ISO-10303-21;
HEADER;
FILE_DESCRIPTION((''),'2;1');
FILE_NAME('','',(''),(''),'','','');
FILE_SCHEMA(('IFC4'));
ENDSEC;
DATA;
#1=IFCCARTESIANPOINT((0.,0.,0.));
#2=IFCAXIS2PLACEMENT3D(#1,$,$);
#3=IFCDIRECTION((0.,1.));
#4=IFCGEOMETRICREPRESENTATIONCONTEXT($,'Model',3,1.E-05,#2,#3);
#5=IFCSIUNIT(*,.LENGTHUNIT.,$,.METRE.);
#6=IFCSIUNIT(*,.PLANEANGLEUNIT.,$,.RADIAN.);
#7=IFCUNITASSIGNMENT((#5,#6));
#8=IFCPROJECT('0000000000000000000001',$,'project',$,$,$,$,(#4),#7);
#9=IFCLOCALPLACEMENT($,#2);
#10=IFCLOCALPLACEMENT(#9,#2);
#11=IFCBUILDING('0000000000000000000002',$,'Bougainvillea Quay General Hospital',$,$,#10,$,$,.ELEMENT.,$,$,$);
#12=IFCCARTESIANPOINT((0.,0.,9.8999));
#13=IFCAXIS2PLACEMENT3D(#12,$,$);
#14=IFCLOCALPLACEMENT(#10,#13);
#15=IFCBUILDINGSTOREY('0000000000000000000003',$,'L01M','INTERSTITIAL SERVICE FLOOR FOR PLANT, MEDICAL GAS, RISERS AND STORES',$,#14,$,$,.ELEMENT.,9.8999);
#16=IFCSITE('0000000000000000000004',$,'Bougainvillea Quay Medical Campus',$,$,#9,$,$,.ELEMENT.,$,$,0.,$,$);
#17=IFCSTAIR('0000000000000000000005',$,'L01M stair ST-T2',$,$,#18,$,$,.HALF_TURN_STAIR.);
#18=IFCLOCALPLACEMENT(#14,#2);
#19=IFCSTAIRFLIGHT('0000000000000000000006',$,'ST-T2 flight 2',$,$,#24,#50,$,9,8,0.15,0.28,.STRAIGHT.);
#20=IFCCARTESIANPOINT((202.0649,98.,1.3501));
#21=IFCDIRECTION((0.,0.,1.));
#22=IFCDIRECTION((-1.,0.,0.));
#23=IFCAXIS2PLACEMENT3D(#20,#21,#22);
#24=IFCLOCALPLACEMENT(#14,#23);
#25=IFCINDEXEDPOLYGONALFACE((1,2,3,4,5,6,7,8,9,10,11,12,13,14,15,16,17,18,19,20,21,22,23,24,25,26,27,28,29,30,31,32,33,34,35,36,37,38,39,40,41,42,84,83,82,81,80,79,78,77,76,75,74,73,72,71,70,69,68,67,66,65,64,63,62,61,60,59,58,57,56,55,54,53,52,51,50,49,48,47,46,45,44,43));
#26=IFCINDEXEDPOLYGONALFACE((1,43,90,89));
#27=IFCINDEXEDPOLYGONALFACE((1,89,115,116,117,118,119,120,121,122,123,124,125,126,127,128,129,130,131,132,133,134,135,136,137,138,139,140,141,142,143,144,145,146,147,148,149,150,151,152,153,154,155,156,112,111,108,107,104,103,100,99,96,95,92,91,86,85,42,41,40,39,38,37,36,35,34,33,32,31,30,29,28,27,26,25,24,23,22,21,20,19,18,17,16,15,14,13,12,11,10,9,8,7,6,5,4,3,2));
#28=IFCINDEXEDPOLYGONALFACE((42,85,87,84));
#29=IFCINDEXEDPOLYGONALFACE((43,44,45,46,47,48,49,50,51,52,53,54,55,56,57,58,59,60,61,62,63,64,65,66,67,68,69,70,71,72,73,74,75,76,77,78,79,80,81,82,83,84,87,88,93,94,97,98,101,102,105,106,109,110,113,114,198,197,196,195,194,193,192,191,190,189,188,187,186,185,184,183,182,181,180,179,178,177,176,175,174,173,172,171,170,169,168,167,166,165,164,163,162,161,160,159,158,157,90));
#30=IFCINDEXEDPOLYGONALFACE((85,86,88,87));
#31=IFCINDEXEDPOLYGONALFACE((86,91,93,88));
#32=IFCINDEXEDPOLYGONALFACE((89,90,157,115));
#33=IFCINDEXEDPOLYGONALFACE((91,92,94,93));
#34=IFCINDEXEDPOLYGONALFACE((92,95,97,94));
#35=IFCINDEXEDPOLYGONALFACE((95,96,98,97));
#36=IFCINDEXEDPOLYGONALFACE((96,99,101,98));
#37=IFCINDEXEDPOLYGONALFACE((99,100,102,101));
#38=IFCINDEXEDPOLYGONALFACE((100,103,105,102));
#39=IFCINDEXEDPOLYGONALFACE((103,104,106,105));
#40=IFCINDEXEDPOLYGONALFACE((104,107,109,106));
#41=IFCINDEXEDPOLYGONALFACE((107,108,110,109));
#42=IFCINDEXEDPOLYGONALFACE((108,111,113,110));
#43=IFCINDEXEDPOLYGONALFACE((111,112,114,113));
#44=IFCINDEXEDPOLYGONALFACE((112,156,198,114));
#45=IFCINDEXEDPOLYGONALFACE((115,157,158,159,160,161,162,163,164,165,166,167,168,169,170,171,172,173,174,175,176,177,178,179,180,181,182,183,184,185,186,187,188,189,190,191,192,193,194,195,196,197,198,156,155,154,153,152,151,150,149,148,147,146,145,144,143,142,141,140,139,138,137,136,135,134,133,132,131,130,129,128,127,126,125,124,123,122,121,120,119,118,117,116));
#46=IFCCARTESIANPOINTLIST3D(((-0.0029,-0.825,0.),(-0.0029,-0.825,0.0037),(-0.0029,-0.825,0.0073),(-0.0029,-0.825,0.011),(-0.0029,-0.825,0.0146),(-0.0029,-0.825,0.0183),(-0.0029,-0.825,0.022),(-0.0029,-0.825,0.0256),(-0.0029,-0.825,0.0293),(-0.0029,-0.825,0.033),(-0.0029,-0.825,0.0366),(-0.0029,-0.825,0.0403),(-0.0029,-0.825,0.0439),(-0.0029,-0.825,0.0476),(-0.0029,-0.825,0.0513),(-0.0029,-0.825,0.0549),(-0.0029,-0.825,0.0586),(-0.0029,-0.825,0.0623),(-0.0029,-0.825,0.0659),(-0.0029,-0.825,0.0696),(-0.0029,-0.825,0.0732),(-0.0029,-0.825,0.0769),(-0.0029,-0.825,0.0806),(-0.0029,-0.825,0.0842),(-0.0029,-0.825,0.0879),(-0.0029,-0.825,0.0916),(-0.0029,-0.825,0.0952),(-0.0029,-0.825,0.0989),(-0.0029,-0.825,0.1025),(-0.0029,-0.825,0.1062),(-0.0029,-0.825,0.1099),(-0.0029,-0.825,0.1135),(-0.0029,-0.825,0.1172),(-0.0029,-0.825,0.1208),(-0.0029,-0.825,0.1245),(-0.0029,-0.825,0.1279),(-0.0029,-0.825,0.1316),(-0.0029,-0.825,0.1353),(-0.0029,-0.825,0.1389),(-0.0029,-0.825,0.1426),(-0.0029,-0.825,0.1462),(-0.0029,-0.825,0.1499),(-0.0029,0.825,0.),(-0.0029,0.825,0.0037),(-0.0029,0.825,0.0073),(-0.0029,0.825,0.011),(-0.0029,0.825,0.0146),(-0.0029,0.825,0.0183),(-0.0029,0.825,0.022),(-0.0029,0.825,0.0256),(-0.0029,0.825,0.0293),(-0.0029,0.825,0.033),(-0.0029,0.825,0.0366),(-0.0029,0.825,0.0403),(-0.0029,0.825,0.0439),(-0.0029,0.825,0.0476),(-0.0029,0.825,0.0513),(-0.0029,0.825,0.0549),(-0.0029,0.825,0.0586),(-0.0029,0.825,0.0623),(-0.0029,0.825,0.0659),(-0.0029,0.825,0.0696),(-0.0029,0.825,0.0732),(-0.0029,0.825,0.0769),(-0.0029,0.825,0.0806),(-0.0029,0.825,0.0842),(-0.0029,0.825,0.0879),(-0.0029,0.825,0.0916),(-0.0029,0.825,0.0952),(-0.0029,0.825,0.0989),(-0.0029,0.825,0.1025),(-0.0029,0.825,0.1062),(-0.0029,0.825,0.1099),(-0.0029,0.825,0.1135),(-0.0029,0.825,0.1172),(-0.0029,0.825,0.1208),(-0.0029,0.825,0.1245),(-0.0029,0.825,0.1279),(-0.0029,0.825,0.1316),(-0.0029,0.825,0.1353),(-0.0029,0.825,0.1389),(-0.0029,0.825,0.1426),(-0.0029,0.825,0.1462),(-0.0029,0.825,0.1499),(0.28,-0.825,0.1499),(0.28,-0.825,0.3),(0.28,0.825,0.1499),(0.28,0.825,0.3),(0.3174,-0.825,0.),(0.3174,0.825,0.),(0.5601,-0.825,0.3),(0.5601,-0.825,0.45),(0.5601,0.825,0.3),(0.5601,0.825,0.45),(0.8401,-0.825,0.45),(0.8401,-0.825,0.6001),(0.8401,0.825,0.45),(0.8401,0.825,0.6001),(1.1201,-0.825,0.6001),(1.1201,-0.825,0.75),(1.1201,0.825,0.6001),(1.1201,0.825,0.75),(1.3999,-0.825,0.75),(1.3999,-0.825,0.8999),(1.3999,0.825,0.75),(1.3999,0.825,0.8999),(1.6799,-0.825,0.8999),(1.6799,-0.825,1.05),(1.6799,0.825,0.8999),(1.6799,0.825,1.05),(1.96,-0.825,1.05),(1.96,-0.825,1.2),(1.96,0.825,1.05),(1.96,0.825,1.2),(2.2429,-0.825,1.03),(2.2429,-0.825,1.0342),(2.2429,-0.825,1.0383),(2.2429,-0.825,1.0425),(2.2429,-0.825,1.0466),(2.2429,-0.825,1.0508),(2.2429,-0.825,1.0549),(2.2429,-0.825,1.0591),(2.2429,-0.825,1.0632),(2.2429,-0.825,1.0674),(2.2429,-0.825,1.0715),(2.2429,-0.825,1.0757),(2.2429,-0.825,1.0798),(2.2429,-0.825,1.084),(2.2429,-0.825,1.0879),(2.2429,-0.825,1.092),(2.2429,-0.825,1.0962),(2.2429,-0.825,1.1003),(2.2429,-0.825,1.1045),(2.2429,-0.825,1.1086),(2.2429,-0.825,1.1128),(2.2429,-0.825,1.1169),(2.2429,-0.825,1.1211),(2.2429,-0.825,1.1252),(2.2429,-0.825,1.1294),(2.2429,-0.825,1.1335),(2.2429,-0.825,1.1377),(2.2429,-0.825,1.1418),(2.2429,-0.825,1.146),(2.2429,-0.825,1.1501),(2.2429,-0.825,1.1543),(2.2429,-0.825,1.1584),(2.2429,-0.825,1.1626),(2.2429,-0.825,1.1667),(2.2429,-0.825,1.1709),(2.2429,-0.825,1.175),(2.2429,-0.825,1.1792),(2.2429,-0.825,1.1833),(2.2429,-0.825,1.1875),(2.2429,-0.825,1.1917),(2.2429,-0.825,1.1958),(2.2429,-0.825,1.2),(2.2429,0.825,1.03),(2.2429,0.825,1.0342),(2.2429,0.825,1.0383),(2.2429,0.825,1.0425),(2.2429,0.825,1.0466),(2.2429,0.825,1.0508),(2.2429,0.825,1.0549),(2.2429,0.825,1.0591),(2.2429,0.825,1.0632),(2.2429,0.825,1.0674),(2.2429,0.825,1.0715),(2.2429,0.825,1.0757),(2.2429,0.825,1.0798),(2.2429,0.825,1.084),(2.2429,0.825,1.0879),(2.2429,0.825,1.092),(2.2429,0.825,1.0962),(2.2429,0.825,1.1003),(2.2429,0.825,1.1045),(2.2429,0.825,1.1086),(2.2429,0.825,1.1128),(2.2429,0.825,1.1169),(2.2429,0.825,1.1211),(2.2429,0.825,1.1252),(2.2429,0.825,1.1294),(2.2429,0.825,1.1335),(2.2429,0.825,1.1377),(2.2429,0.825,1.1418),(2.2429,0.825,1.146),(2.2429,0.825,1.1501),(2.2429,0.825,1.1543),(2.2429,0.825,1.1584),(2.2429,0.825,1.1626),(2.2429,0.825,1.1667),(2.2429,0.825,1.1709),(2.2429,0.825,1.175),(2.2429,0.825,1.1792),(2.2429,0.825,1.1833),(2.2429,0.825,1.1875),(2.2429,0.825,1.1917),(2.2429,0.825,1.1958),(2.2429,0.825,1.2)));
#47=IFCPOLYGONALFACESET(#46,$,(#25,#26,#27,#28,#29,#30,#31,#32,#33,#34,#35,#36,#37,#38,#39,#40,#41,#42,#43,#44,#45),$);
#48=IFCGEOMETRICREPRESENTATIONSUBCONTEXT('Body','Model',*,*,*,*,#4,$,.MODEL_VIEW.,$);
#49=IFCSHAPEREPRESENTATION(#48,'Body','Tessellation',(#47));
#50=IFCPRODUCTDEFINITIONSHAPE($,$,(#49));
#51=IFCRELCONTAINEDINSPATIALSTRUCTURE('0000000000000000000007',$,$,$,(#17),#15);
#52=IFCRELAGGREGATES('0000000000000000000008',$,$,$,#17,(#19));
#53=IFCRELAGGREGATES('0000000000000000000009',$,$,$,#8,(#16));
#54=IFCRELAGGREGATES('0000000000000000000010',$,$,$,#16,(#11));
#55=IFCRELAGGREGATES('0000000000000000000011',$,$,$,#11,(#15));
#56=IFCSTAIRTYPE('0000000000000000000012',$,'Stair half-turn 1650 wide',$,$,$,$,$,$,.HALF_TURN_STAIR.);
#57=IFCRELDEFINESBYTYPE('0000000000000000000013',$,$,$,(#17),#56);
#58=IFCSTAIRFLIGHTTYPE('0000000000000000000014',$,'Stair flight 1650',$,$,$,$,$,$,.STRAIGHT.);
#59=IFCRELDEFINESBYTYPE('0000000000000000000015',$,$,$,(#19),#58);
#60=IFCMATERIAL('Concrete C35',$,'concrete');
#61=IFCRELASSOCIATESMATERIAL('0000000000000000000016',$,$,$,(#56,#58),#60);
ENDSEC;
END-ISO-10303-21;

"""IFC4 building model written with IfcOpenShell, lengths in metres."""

from ifc_helpers import new_model, si_unit, direction, frame, origin, place, context, subcontext, project, spatial, polyline, outline, extrude, material, type_object, element, aggregate, save


model = new_model("IFC4")

# Units and contexts
model_context = context("Model", 3, precision=1e-05, world=origin(), true_north=direction((0.0, 1.0)))
body_context = subcontext(model_context, "Body", "Model", "MODEL_VIEW")
ifc_project = project(units=[si_unit("LENGTHUNIT", "METRE"), si_unit("PLANEANGLEUNIT", "RADIAN")], contexts=[model_context])

# Site, building, storey
site_placement = place(None, origin())
site = spatial("IfcSite", under=ifc_project, at=site_placement, Name="Bougainvillea Quay Medical Campus", CompositionType="ELEMENT", RefElevation=0.0)
building_placement = place(site_placement, origin())
building = spatial("IfcBuilding", under=site, at=building_placement, Name="Bougainvillea Quay General Hospital", CompositionType="ELEMENT")
storey_placement = place(building_placement, frame((0.0, 0.0, 9.8999)))
storey = spatial("IfcBuildingStorey", under=building, at=storey_placement, Name="L01M", Description="INTERSTITIAL SERVICE FLOOR FOR PLANT, MEDICAL GAS, RISERS AND STORES", CompositionType="ELEMENT", Elevation=9.8999)

# Stair, stair flight
ifc_material_1 = material(Name="Concrete C35", Category="concrete")
stair_type = type_object("IfcStairType", Name="Stair half-turn 1650 wide", PredefinedType="HALF_TURN_STAIR", material=ifc_material_1)
stair_placement = place(storey_placement, origin())
stair = element("IfcStair", 1, at=stair_placement, inside=storey, type_object=stair_type, Name="L01M stair ST-T2", PredefinedType="HALF_TURN_STAIR")
stair_flight_type = type_object("IfcStairFlightType", Name="Stair flight 1650", PredefinedType="STRAIGHT", material=ifc_material_1)
stair_flight_placement = place(storey_placement, frame((202.0649, 98.0, 1.3501), z_axis=(0.0, 0.0, 1.0), x_axis=(-1.0, 0.0, 0.0)))
stair_flight = element("IfcStairFlight", 2, at=stair_flight_placement, type_object=stair_flight_type, Name="ST-T2 flight 2", NumberOfRisers=9, NumberOfTreads=8, PredefinedType="STRAIGHT", RiserHeight=0.15, TreadLength=0.28, context=body_context, shape_type="SweptSolid", body=[
    extrude(outline(polyline([(-0.0029, 0.0), (-0.0029, 0.0037), (-0.0029, 0.0073), (-0.0029, 0.011), (-0.0029, 0.0146), (-0.0029, 0.0183), (-0.0029, 0.022), (-0.0029, 0.0256), (-0.0029, 0.0293), (-0.0029, 0.033), (-0.0029, 0.0366), (-0.0029, 0.0403), (-0.0029, 0.0439), (-0.0029, 0.0476), (-0.0029, 0.0513), (-0.0029, 0.0549), (-0.0029, 0.0586), (-0.0029, 0.0623), (-0.0029, 0.0659), (-0.0029, 0.0696), (-0.0029, 0.0732), (-0.0029, 0.0769), (-0.0029, 0.0806), (-0.0029, 0.0842), (-0.0029, 0.0879), (-0.0029, 0.0916), (-0.0029, 0.0952), (-0.0029, 0.0989), (-0.0029, 0.1025), (-0.0029, 0.1062), (-0.0029, 0.1099), (-0.0029, 0.1135), (-0.0029, 0.1172), (-0.0029, 0.1208), (-0.0029, 0.1245), (-0.0029, 0.1279), (-0.0029, 0.1316), (-0.0029, 0.1353), (-0.0029, 0.1389), (-0.0029, 0.1426), (-0.0029, 0.1462), (-0.0029, 0.1499), (0.28, 0.1499), (0.28, 0.3), (0.5601, 0.3), (0.5601, 0.45), (0.8401, 0.45), (0.8401, 0.6001), (1.1201, 0.6001), (1.1201, 0.75), (1.3999, 0.75), (1.3999, 0.8999), (1.6799, 0.8999), (1.6799, 1.05), (1.96, 1.05), (1.96, 1.2), (2.2429, 1.2), (2.2429, 1.1958), (2.2429, 1.1917), (2.2429, 1.1875), (2.2429, 1.1833), (2.2429, 1.1792), (2.2429, 1.175), (2.2429, 1.1709), (2.2429, 1.1667), (2.2429, 1.1626), (2.2429, 1.1584), (2.2429, 1.1543), (2.2429, 1.1501), (2.2429, 1.146), (2.2429, 1.1418), (2.2429, 1.1377), (2.2429, 1.1335), (2.2429, 1.1294), (2.2429, 1.1252), (2.2429, 1.1211), (2.2429, 1.1169), (2.2429, 1.1128), (2.2429, 1.1086), (2.2429, 1.1045), (2.2429, 1.1003), (2.2429, 1.0962), (2.2429, 1.092), (2.2429, 1.0879), (2.2429, 1.084), (2.2429, 1.0798), (2.2429, 1.0757), (2.2429, 1.0715), (2.2429, 1.0674), (2.2429, 1.0632), (2.2429, 1.0591), (2.2429, 1.0549), (2.2429, 1.0508), (2.2429, 1.0466), (2.2429, 1.0425), (2.2429, 1.0383), (2.2429, 1.0342), (2.2429, 1.03), (0.3174, 0.0), (-0.0029, 0.0)])), frame((0.0, 0.825, 0.0), z_axis=(0.0, -1.0, 0.0), x_axis=(1.0, 0.0, 0.0)), (0.0, 0.0, 1.0), 1.6499),
])
aggregate(stair, [stair_flight])

save(model, "model.ifc")
